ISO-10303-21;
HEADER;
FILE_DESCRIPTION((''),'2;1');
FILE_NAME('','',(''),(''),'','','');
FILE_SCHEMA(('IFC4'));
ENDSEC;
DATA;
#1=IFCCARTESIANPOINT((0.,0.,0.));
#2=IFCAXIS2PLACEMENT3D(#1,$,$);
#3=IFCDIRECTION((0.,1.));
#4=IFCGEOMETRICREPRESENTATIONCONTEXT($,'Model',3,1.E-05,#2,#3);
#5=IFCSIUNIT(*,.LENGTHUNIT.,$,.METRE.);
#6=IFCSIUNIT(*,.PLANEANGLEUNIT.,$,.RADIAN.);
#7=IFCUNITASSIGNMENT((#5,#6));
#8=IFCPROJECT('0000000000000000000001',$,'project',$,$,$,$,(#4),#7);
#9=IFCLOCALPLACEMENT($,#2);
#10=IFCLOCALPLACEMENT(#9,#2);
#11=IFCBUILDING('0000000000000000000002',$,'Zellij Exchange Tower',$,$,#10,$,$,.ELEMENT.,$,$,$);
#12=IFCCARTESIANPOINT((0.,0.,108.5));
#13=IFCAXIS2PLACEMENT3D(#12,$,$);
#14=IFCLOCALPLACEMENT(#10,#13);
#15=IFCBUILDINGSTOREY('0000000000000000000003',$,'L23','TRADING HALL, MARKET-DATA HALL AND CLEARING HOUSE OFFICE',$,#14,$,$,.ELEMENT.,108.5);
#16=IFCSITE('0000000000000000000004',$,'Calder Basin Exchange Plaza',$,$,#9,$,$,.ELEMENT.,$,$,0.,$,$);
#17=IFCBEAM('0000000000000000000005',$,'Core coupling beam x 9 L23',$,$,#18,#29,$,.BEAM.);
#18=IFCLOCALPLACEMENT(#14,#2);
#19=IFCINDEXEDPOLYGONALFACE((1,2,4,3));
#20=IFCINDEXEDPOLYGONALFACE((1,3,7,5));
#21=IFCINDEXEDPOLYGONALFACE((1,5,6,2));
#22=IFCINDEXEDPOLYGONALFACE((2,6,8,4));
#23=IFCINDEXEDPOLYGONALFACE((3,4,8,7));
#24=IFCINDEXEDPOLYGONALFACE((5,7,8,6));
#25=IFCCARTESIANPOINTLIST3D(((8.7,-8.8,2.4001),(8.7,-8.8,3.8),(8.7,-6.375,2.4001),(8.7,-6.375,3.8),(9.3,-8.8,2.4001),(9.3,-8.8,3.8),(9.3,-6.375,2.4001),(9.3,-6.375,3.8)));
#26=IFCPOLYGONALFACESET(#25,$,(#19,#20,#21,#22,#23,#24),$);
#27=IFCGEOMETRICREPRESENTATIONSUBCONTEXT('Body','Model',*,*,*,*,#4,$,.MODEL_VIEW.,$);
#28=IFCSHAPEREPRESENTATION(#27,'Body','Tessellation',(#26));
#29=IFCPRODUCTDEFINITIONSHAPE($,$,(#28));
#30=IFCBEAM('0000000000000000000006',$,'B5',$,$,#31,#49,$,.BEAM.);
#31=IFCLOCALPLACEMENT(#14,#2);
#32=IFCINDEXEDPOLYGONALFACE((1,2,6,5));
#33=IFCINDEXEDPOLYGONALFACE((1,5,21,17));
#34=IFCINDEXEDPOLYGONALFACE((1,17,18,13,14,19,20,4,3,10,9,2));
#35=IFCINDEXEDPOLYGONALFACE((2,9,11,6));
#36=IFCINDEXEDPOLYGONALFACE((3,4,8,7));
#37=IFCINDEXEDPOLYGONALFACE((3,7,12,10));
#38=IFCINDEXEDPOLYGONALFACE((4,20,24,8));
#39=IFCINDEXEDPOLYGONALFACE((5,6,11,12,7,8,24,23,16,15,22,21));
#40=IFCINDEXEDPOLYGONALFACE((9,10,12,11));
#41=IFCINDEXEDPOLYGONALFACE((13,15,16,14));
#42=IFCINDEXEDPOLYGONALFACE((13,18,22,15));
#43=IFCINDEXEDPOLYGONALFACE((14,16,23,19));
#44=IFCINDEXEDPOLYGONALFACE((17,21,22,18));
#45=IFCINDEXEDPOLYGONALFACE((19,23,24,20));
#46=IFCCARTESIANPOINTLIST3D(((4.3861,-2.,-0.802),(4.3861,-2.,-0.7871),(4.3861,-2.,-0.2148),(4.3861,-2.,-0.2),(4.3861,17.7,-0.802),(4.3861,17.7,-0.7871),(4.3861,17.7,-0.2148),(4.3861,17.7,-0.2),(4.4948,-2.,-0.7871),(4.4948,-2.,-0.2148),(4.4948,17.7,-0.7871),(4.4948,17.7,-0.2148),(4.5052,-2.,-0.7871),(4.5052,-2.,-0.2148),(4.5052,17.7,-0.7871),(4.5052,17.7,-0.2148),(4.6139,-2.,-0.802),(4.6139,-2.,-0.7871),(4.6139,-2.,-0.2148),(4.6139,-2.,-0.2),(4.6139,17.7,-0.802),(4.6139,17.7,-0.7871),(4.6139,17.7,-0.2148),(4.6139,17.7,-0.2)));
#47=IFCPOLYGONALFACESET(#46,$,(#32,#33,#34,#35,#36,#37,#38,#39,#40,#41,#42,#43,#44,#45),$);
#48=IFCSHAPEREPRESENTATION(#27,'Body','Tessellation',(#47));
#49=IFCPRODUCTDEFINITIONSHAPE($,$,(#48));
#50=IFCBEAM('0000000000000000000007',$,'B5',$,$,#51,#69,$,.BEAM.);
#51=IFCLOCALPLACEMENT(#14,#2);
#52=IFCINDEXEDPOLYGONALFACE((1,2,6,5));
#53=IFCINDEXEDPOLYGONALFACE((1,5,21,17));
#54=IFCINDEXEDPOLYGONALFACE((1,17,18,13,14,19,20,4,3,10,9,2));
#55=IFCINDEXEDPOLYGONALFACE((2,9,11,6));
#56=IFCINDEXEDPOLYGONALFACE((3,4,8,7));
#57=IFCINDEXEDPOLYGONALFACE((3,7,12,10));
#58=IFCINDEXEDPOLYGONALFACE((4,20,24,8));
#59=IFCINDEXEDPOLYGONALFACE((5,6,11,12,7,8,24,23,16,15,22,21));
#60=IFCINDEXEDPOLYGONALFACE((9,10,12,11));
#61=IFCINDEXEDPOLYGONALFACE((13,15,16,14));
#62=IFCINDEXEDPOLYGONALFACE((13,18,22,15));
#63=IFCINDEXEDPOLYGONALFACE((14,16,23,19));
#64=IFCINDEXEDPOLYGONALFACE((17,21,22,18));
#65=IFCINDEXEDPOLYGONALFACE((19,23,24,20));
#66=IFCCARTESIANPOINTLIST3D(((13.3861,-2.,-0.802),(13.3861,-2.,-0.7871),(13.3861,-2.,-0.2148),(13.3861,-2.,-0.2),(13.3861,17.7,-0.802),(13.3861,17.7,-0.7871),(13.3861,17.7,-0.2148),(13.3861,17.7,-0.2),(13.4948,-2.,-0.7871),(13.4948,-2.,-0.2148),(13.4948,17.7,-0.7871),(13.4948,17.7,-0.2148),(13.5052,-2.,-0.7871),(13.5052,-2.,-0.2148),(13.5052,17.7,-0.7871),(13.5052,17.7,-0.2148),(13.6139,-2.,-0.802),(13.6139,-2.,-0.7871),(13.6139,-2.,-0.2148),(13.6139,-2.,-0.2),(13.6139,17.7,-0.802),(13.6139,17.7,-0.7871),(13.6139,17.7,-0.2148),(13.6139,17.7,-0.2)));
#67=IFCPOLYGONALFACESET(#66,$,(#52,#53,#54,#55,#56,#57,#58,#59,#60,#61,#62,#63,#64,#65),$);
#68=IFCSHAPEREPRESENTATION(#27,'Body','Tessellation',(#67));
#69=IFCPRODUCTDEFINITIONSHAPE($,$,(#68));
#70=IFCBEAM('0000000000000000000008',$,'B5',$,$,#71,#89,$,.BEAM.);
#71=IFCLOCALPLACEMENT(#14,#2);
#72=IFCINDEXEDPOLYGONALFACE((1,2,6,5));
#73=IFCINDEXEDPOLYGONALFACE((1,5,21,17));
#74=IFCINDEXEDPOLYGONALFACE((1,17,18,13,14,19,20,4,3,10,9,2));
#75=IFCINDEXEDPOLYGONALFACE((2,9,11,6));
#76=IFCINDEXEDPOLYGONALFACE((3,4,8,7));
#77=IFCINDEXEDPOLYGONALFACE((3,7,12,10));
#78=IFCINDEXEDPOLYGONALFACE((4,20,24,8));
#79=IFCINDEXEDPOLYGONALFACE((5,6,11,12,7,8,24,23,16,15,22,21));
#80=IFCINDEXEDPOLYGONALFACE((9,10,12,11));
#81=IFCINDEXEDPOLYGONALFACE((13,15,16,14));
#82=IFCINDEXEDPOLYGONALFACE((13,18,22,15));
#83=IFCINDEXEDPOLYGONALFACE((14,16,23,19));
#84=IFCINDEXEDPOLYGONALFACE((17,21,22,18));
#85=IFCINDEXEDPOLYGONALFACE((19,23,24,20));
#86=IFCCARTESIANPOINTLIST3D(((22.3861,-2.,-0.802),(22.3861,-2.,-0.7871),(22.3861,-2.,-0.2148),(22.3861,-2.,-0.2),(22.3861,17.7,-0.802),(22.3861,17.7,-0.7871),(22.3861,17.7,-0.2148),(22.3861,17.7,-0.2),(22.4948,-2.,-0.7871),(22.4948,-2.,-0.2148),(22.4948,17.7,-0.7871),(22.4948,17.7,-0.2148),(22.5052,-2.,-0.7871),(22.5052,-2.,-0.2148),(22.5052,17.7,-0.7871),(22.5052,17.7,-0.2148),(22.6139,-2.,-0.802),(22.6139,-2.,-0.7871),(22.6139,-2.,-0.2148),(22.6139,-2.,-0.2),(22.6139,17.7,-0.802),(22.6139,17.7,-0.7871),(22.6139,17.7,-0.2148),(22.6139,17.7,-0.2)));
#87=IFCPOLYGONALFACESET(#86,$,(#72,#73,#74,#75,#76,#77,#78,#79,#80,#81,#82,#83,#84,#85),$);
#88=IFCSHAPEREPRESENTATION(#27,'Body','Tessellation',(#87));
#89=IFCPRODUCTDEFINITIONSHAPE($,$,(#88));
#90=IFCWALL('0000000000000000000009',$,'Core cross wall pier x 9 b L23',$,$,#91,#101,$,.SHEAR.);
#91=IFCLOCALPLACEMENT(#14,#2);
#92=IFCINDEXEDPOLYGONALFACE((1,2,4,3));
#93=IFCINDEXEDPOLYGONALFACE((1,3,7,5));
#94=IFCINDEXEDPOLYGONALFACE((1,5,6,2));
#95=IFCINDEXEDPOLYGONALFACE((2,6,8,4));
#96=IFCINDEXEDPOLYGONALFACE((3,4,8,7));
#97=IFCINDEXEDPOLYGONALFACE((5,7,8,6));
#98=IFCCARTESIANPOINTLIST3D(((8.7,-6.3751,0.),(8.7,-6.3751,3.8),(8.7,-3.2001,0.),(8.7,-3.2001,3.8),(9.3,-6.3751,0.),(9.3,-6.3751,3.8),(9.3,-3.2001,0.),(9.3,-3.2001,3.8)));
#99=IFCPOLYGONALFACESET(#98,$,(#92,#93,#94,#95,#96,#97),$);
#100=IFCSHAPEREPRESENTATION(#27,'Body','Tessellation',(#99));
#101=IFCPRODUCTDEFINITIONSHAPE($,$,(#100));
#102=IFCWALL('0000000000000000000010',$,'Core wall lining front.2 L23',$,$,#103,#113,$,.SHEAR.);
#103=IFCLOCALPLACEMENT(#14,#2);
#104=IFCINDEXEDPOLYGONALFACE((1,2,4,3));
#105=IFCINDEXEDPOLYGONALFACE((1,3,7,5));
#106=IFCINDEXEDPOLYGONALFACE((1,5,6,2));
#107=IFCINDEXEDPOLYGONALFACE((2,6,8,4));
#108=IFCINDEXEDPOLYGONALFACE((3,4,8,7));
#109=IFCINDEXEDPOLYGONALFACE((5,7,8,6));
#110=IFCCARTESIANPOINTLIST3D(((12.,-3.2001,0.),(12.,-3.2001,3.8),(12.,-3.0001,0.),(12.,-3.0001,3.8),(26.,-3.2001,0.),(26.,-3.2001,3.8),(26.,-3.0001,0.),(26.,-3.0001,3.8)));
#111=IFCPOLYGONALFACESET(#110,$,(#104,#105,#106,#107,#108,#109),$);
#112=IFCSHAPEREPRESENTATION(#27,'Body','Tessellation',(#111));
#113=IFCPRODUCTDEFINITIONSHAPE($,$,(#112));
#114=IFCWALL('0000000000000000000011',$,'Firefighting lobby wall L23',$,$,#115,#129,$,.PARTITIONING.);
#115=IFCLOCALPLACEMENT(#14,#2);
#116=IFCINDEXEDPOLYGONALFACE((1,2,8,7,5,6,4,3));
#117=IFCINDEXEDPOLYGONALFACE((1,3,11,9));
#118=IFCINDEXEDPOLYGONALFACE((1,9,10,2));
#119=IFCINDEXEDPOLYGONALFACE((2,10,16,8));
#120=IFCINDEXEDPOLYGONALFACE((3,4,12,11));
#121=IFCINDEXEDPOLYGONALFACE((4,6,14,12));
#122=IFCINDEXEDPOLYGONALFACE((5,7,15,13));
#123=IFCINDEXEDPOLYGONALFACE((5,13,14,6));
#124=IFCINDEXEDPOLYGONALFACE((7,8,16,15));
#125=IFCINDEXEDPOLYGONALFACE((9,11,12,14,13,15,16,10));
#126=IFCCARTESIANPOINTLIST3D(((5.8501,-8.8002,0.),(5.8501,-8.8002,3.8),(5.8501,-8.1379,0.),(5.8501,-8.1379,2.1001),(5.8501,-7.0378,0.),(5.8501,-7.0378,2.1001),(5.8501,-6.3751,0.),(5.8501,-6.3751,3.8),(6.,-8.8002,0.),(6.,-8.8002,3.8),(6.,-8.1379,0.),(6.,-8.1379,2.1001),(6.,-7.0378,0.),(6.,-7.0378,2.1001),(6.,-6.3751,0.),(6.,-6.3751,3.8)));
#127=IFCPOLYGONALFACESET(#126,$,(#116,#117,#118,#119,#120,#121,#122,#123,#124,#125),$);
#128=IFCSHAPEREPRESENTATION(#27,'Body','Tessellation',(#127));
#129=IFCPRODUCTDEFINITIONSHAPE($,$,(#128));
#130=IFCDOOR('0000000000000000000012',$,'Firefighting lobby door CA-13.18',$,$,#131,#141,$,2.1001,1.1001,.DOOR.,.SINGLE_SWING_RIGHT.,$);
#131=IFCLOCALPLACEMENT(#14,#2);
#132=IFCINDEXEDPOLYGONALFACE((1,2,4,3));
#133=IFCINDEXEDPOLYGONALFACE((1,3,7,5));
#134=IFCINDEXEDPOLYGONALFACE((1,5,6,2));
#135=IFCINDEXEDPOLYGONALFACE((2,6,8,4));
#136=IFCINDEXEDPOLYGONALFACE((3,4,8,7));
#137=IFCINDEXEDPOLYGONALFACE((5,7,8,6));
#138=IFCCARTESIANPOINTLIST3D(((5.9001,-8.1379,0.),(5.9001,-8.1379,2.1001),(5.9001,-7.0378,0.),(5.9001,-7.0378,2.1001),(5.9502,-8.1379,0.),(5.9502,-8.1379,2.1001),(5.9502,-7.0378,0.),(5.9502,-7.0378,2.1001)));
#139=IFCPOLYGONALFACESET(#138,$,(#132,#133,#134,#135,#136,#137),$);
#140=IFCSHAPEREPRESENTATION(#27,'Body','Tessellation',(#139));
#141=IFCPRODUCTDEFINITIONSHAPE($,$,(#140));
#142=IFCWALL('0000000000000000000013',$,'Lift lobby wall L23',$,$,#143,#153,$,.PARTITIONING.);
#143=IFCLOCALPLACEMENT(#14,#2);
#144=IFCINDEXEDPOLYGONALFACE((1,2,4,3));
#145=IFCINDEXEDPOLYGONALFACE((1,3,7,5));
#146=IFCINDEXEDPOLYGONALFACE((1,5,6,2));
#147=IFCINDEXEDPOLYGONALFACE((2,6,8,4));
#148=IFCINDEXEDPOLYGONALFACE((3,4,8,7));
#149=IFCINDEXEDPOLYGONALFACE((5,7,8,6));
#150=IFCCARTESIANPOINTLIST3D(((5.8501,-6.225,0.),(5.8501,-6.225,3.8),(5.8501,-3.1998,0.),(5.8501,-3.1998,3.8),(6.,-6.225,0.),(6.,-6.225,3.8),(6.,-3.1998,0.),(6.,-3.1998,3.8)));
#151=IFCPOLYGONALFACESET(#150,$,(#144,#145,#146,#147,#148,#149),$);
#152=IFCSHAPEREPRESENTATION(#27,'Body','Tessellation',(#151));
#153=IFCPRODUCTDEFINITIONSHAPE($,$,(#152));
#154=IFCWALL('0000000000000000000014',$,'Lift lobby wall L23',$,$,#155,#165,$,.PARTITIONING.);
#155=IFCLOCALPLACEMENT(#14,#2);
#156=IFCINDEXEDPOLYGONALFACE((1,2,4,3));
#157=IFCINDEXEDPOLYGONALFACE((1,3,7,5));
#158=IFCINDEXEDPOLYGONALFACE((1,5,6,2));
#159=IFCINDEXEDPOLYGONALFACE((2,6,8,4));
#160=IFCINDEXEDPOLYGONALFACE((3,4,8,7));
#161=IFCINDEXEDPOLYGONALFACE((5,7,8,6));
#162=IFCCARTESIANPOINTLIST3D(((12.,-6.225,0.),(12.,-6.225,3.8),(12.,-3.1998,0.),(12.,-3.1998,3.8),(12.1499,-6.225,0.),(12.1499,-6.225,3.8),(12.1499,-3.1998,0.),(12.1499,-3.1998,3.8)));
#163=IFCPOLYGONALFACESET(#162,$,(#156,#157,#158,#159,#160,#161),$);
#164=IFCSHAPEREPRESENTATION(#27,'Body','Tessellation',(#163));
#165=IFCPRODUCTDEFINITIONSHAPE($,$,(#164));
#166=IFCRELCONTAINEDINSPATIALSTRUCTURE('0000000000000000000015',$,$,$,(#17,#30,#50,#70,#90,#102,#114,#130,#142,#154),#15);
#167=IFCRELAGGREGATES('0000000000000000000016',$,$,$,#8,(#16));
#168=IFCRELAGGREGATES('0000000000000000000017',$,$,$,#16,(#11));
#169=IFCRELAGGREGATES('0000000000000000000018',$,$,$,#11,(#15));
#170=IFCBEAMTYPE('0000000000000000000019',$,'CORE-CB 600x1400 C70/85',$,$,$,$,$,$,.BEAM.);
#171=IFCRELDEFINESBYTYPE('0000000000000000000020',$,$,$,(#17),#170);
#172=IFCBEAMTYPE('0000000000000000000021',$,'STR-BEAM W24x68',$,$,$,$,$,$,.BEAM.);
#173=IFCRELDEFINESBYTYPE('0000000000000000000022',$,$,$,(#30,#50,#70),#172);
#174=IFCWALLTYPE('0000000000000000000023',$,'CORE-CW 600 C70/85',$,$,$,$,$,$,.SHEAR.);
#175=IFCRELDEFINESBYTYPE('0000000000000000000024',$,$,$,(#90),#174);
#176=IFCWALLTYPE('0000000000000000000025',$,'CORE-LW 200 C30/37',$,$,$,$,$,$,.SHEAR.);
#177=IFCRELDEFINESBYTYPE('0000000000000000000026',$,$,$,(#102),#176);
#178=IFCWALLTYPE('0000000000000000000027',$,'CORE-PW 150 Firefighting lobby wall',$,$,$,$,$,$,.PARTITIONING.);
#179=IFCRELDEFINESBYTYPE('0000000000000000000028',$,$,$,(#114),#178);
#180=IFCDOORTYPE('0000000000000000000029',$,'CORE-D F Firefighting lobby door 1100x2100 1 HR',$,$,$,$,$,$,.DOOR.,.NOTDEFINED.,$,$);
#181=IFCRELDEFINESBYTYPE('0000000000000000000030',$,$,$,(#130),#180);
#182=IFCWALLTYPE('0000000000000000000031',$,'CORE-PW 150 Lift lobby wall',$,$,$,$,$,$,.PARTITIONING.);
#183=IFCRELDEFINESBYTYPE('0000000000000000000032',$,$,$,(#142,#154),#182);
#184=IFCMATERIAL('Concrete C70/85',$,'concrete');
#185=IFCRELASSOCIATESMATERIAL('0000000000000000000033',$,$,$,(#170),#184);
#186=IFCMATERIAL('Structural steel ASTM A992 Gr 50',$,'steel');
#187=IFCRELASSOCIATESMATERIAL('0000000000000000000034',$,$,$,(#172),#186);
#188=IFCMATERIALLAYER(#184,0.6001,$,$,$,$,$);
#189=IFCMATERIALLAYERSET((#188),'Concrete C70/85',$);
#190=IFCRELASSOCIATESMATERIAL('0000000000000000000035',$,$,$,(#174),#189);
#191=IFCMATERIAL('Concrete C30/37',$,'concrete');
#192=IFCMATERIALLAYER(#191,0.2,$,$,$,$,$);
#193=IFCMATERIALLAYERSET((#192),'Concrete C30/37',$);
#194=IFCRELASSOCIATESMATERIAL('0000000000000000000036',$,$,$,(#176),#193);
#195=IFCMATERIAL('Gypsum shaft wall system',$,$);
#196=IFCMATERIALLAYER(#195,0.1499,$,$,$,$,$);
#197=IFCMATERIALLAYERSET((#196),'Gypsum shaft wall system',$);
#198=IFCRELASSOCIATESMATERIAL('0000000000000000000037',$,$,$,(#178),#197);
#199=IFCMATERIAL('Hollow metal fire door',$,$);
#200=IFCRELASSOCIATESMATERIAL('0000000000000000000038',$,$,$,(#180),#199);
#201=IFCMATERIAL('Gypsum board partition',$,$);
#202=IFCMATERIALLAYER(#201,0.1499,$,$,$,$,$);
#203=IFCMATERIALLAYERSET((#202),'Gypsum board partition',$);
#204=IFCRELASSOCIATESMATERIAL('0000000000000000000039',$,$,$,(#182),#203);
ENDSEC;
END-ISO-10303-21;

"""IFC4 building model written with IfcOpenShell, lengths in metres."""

from ifc_helpers import new_model, si_unit, direction, frame, frame_2d, origin, origin_2d, place, context, subcontext, project, spatial, rectangle, i_section, extrude, material, layer, layer_set, material_profile, profile_set, type_object, element, fill, save


model = new_model("IFC4")

# Units and contexts
model_context = context("Model", 3, precision=1e-05, world=origin(), true_north=direction((0.0, 1.0)))
body_context = subcontext(model_context, "Body", "Model", "MODEL_VIEW")
ifc_project = project(units=[si_unit("LENGTHUNIT", "METRE"), si_unit("PLANEANGLEUNIT", "RADIAN")], contexts=[model_context])

# Site, building, storey
site_placement = place(None, origin())
site = spatial("IfcSite", under=ifc_project, at=site_placement, Name="Calder Basin Exchange Plaza", CompositionType="ELEMENT", RefElevation=0.0)
building_placement = place(site_placement, origin())
building = spatial("IfcBuilding", under=site, at=building_placement, Name="Zellij Exchange Tower", CompositionType="ELEMENT")
storey_placement = place(building_placement, frame((0.0, 0.0, 108.5)))
storey = spatial("IfcBuildingStorey", under=building, at=storey_placement, Name="L23", Description="TRADING HALL, MARKET-DATA HALL AND CLEARING HOUSE OFFICE", CompositionType="ELEMENT", Elevation=108.5)

# Beams
ifc_material_1 = material(Name="Concrete C70/85", Category="concrete")
ifc_material_profile_1 = material_profile(ifc_material_1, rectangle(XDim=0.6001, YDim=1.3999, at=origin_2d()), Name="CORE-CB 600x1400 C70/85")
ifc_profile_set_1 = profile_set([ifc_material_profile_1], Name="Concrete C70/85")
beam_type_1 = type_object("IfcBeamType", Name="CORE-CB 600x1400 C70/85", PredefinedType="BEAM", material=ifc_profile_set_1)
beam_placement = place(storey_placement, frame((9.0, -8.8, 3.1001), z_axis=(0.0, 1.0, 0.0), x_axis=(-1.0, 0.0, 0.0)))
element("IfcBeam", 1, at=beam_placement, inside=storey, type_object=beam_type_1, Name="Core coupling beam x 9 L23", PredefinedType="BEAM", context=body_context, shape_type="SweptSolid", body=[
    extrude(rectangle(XDim=0.6001, YDim=1.3999, at=origin_2d()), origin(), (0.0, 0.0, 1.0), 2.425),
])
ifc_material_2 = material(Name="Structural steel ASTM A992 Gr 50", Category="steel")
ifc_material_profile_2 = material_profile(ifc_material_2, i_section(OverallWidth=0.2278, OverallDepth=0.6021, WebThickness=0.0105, FlangeThickness=0.0149, at=origin_2d()), Name="W24x68")
ifc_profile_set_2 = profile_set([ifc_material_profile_2], Name="Structural steel ASTM A992 Gr 50")
beam_type_2 = type_object("IfcBeamType", Name="STR-BEAM W24x68", PredefinedType="BEAM", material=ifc_profile_set_2)
for number, where, z_axis, x_axis, name in (
    (2, (4.5, -2.0, -0.501), (0.0, 1.0, 0.0), (-1.0, 0.0, 0.0), "B5"),
    (3, (13.5, -2.0, -0.501), (0.0, 1.0, 0.0), (-1.0, 0.0, 0.0), "B5"),
    (4, (22.5, -2.0, -0.501), (0.0, 1.0, 0.0), (-1.0, 0.0, 0.0), "B5"),
):
    element("IfcBeam", number, at=place(storey_placement, frame(where, z_axis=z_axis, x_axis=x_axis)), inside=storey, type_object=beam_type_2, Name=name, PredefinedType="BEAM", context=body_context, shape_type="SweptSolid", body=[
        extrude(i_section(OverallWidth=0.2278, OverallDepth=0.6021, WebThickness=0.0105, FlangeThickness=0.0149, at=origin_2d()), origin(), (0.0, 0.0, 1.0), 19.7),
    ])

# Walls
ifc_layer_1 = layer(ifc_material_1, 0.6001)
ifc_layer_set_1 = layer_set([ifc_layer_1], Name="Concrete C70/85")
wall_type_1 = type_object("IfcWallType", Name="CORE-CW 600 C70/85", PredefinedType="SHEAR", material=ifc_layer_set_1)
wall_1_placement = place(storey_placement, frame((9.0, -6.375, 0.0), z_axis=(0.0, 0.0, 1.0), x_axis=(0.0, 1.0, 0.0)))
element("IfcWall", 5, at=wall_1_placement, inside=storey, type_object=wall_type_1, Name="Core cross wall pier x 9 b L23", PredefinedType="SHEAR", context=body_context, shape_type="SweptSolid", body=[
    extrude(rectangle(XDim=3.175, YDim=0.6001, at=frame_2d((1.5874, 0.0))), origin(), (0.0, 0.0, 1.0), 3.8),
])
ifc_material_3 = material(Name="Concrete C30/37", Category="concrete")
ifc_layer_2 = layer(ifc_material_3, 0.2)
ifc_layer_set_2 = layer_set([ifc_layer_2], Name="Concrete C30/37")
wall_type_2 = type_object("IfcWallType", Name="CORE-LW 200 C30/37", PredefinedType="SHEAR", material=ifc_layer_set_2)
wall_2_placement = place(storey_placement, frame((12.0, -3.1001, 0.0), z_axis=(0.0, 0.0, 1.0), x_axis=(1.0, 0.0, 0.0)))
element("IfcWall", 6, at=wall_2_placement, inside=storey, type_object=wall_type_2, Name="Core wall lining front.2 L23", PredefinedType="SHEAR", context=body_context, shape_type="SweptSolid", body=[
    extrude(rectangle(XDim=14.0, YDim=0.2, at=frame_2d((7.0, 0.0))), origin(), (0.0, 0.0, 1.0), 3.8),
])

# Wall, opening, door
ifc_material_4 = material(Name="Gypsum shaft wall system")
ifc_layer_3 = layer(ifc_material_4, 0.1499)
ifc_layer_set_3 = layer_set([ifc_layer_3], Name="Gypsum shaft wall system")
wall_type_3 = type_object("IfcWallType", Name="CORE-PW 150 Firefighting lobby wall", PredefinedType="PARTITIONING", material=ifc_layer_set_3)
wall_3_placement = place(storey_placement, frame((5.925, -8.8, 0.0), z_axis=(0.0, 0.0, 1.0), x_axis=(0.0, 1.0, 0.0)))
wall_3 = element("IfcWall", 7, at=wall_3_placement, inside=storey, type_object=wall_type_3, Name="Firefighting lobby wall L23", PredefinedType="PARTITIONING", context=body_context, shape_type="SweptSolid", body=[
    extrude(rectangle(XDim=2.425, YDim=0.1499, at=frame_2d((1.2124, 0.0))), origin(), (0.0, 0.0, 1.0), 3.8),
])
opening_1_placement = place(wall_3_placement, frame((0.6621, 0.0, 0.0)))
opening_1 = element("IfcOpeningElement", 8, at=opening_1_placement, cuts=wall_3, PredefinedType="OPENING", context=body_context, shape_type="SweptSolid", body=[
    extrude(rectangle(XDim=1.1001, YDim=2.1001, at=frame_2d((0.55, 1.05))), frame((0.0, 0.0869, 0.0), z_axis=(0.0, -1.0, 0.0), x_axis=(1.0, 0.0, 0.0)), (0.0, 0.0, 1.0), 0.1738),
])
ifc_material_5 = material(Name="Hollow metal fire door")
door_type_1 = type_object("IfcDoorType", Name="CORE-D F Firefighting lobby door 1100x2100 1 HR", OperationType="NOTDEFINED", PredefinedType="DOOR", material=ifc_material_5)
door_1_placement = place(opening_1_placement, origin())
door_1 = element("IfcDoor", 9, at=door_1_placement, inside=storey, type_object=door_type_1, Name="Firefighting lobby door CA-13.18", OperationType="SINGLE_SWING_RIGHT", OverallHeight=2.1001, OverallWidth=1.1001, PredefinedType="DOOR", context=body_context, shape_type="SweptSolid", body=[
    extrude(rectangle(XDim=1.1001, YDim=2.1001, at=frame_2d((0.55, 1.05))), frame((0.0, 0.0249, 0.0), z_axis=(0.0, -1.0, 0.0), x_axis=(1.0, 0.0, 0.0)), (0.0, 0.0, 1.0), 0.05),
])
fill(opening_1, door_1)

# Walls
ifc_material_6 = material(Name="Gypsum board partition")
ifc_layer_4 = layer(ifc_material_6, 0.1499)
ifc_layer_set_4 = layer_set([ifc_layer_4], Name="Gypsum board partition")
wall_type_4 = type_object("IfcWallType", Name="CORE-PW 150 Lift lobby wall", PredefinedType="PARTITIONING", material=ifc_layer_set_4)
for number, where, z_axis, x_axis, name in (
    (10, (5.925, -6.2251, 0.0), (0.0, 0.0, 1.0), (0.0, 1.0, 0.0), "Lift lobby wall L23"),
    (11, (12.075, -6.2251, 0.0), (0.0, 0.0, 1.0), (0.0, 1.0, 0.0), "Lift lobby wall L23"),
):
    element("IfcWall", number, at=place(storey_placement, frame(where, z_axis=z_axis, x_axis=x_axis)), inside=storey, type_object=wall_type_4, Name=name, PredefinedType="PARTITIONING", context=body_context, shape_type="SweptSolid", body=[
        extrude(rectangle(XDim=3.0251, YDim=0.1499, at=frame_2d((1.5127, 0.0))), origin(), (0.0, 0.0, 1.0), 3.8),
    ])

save(model, "model.ifc")
